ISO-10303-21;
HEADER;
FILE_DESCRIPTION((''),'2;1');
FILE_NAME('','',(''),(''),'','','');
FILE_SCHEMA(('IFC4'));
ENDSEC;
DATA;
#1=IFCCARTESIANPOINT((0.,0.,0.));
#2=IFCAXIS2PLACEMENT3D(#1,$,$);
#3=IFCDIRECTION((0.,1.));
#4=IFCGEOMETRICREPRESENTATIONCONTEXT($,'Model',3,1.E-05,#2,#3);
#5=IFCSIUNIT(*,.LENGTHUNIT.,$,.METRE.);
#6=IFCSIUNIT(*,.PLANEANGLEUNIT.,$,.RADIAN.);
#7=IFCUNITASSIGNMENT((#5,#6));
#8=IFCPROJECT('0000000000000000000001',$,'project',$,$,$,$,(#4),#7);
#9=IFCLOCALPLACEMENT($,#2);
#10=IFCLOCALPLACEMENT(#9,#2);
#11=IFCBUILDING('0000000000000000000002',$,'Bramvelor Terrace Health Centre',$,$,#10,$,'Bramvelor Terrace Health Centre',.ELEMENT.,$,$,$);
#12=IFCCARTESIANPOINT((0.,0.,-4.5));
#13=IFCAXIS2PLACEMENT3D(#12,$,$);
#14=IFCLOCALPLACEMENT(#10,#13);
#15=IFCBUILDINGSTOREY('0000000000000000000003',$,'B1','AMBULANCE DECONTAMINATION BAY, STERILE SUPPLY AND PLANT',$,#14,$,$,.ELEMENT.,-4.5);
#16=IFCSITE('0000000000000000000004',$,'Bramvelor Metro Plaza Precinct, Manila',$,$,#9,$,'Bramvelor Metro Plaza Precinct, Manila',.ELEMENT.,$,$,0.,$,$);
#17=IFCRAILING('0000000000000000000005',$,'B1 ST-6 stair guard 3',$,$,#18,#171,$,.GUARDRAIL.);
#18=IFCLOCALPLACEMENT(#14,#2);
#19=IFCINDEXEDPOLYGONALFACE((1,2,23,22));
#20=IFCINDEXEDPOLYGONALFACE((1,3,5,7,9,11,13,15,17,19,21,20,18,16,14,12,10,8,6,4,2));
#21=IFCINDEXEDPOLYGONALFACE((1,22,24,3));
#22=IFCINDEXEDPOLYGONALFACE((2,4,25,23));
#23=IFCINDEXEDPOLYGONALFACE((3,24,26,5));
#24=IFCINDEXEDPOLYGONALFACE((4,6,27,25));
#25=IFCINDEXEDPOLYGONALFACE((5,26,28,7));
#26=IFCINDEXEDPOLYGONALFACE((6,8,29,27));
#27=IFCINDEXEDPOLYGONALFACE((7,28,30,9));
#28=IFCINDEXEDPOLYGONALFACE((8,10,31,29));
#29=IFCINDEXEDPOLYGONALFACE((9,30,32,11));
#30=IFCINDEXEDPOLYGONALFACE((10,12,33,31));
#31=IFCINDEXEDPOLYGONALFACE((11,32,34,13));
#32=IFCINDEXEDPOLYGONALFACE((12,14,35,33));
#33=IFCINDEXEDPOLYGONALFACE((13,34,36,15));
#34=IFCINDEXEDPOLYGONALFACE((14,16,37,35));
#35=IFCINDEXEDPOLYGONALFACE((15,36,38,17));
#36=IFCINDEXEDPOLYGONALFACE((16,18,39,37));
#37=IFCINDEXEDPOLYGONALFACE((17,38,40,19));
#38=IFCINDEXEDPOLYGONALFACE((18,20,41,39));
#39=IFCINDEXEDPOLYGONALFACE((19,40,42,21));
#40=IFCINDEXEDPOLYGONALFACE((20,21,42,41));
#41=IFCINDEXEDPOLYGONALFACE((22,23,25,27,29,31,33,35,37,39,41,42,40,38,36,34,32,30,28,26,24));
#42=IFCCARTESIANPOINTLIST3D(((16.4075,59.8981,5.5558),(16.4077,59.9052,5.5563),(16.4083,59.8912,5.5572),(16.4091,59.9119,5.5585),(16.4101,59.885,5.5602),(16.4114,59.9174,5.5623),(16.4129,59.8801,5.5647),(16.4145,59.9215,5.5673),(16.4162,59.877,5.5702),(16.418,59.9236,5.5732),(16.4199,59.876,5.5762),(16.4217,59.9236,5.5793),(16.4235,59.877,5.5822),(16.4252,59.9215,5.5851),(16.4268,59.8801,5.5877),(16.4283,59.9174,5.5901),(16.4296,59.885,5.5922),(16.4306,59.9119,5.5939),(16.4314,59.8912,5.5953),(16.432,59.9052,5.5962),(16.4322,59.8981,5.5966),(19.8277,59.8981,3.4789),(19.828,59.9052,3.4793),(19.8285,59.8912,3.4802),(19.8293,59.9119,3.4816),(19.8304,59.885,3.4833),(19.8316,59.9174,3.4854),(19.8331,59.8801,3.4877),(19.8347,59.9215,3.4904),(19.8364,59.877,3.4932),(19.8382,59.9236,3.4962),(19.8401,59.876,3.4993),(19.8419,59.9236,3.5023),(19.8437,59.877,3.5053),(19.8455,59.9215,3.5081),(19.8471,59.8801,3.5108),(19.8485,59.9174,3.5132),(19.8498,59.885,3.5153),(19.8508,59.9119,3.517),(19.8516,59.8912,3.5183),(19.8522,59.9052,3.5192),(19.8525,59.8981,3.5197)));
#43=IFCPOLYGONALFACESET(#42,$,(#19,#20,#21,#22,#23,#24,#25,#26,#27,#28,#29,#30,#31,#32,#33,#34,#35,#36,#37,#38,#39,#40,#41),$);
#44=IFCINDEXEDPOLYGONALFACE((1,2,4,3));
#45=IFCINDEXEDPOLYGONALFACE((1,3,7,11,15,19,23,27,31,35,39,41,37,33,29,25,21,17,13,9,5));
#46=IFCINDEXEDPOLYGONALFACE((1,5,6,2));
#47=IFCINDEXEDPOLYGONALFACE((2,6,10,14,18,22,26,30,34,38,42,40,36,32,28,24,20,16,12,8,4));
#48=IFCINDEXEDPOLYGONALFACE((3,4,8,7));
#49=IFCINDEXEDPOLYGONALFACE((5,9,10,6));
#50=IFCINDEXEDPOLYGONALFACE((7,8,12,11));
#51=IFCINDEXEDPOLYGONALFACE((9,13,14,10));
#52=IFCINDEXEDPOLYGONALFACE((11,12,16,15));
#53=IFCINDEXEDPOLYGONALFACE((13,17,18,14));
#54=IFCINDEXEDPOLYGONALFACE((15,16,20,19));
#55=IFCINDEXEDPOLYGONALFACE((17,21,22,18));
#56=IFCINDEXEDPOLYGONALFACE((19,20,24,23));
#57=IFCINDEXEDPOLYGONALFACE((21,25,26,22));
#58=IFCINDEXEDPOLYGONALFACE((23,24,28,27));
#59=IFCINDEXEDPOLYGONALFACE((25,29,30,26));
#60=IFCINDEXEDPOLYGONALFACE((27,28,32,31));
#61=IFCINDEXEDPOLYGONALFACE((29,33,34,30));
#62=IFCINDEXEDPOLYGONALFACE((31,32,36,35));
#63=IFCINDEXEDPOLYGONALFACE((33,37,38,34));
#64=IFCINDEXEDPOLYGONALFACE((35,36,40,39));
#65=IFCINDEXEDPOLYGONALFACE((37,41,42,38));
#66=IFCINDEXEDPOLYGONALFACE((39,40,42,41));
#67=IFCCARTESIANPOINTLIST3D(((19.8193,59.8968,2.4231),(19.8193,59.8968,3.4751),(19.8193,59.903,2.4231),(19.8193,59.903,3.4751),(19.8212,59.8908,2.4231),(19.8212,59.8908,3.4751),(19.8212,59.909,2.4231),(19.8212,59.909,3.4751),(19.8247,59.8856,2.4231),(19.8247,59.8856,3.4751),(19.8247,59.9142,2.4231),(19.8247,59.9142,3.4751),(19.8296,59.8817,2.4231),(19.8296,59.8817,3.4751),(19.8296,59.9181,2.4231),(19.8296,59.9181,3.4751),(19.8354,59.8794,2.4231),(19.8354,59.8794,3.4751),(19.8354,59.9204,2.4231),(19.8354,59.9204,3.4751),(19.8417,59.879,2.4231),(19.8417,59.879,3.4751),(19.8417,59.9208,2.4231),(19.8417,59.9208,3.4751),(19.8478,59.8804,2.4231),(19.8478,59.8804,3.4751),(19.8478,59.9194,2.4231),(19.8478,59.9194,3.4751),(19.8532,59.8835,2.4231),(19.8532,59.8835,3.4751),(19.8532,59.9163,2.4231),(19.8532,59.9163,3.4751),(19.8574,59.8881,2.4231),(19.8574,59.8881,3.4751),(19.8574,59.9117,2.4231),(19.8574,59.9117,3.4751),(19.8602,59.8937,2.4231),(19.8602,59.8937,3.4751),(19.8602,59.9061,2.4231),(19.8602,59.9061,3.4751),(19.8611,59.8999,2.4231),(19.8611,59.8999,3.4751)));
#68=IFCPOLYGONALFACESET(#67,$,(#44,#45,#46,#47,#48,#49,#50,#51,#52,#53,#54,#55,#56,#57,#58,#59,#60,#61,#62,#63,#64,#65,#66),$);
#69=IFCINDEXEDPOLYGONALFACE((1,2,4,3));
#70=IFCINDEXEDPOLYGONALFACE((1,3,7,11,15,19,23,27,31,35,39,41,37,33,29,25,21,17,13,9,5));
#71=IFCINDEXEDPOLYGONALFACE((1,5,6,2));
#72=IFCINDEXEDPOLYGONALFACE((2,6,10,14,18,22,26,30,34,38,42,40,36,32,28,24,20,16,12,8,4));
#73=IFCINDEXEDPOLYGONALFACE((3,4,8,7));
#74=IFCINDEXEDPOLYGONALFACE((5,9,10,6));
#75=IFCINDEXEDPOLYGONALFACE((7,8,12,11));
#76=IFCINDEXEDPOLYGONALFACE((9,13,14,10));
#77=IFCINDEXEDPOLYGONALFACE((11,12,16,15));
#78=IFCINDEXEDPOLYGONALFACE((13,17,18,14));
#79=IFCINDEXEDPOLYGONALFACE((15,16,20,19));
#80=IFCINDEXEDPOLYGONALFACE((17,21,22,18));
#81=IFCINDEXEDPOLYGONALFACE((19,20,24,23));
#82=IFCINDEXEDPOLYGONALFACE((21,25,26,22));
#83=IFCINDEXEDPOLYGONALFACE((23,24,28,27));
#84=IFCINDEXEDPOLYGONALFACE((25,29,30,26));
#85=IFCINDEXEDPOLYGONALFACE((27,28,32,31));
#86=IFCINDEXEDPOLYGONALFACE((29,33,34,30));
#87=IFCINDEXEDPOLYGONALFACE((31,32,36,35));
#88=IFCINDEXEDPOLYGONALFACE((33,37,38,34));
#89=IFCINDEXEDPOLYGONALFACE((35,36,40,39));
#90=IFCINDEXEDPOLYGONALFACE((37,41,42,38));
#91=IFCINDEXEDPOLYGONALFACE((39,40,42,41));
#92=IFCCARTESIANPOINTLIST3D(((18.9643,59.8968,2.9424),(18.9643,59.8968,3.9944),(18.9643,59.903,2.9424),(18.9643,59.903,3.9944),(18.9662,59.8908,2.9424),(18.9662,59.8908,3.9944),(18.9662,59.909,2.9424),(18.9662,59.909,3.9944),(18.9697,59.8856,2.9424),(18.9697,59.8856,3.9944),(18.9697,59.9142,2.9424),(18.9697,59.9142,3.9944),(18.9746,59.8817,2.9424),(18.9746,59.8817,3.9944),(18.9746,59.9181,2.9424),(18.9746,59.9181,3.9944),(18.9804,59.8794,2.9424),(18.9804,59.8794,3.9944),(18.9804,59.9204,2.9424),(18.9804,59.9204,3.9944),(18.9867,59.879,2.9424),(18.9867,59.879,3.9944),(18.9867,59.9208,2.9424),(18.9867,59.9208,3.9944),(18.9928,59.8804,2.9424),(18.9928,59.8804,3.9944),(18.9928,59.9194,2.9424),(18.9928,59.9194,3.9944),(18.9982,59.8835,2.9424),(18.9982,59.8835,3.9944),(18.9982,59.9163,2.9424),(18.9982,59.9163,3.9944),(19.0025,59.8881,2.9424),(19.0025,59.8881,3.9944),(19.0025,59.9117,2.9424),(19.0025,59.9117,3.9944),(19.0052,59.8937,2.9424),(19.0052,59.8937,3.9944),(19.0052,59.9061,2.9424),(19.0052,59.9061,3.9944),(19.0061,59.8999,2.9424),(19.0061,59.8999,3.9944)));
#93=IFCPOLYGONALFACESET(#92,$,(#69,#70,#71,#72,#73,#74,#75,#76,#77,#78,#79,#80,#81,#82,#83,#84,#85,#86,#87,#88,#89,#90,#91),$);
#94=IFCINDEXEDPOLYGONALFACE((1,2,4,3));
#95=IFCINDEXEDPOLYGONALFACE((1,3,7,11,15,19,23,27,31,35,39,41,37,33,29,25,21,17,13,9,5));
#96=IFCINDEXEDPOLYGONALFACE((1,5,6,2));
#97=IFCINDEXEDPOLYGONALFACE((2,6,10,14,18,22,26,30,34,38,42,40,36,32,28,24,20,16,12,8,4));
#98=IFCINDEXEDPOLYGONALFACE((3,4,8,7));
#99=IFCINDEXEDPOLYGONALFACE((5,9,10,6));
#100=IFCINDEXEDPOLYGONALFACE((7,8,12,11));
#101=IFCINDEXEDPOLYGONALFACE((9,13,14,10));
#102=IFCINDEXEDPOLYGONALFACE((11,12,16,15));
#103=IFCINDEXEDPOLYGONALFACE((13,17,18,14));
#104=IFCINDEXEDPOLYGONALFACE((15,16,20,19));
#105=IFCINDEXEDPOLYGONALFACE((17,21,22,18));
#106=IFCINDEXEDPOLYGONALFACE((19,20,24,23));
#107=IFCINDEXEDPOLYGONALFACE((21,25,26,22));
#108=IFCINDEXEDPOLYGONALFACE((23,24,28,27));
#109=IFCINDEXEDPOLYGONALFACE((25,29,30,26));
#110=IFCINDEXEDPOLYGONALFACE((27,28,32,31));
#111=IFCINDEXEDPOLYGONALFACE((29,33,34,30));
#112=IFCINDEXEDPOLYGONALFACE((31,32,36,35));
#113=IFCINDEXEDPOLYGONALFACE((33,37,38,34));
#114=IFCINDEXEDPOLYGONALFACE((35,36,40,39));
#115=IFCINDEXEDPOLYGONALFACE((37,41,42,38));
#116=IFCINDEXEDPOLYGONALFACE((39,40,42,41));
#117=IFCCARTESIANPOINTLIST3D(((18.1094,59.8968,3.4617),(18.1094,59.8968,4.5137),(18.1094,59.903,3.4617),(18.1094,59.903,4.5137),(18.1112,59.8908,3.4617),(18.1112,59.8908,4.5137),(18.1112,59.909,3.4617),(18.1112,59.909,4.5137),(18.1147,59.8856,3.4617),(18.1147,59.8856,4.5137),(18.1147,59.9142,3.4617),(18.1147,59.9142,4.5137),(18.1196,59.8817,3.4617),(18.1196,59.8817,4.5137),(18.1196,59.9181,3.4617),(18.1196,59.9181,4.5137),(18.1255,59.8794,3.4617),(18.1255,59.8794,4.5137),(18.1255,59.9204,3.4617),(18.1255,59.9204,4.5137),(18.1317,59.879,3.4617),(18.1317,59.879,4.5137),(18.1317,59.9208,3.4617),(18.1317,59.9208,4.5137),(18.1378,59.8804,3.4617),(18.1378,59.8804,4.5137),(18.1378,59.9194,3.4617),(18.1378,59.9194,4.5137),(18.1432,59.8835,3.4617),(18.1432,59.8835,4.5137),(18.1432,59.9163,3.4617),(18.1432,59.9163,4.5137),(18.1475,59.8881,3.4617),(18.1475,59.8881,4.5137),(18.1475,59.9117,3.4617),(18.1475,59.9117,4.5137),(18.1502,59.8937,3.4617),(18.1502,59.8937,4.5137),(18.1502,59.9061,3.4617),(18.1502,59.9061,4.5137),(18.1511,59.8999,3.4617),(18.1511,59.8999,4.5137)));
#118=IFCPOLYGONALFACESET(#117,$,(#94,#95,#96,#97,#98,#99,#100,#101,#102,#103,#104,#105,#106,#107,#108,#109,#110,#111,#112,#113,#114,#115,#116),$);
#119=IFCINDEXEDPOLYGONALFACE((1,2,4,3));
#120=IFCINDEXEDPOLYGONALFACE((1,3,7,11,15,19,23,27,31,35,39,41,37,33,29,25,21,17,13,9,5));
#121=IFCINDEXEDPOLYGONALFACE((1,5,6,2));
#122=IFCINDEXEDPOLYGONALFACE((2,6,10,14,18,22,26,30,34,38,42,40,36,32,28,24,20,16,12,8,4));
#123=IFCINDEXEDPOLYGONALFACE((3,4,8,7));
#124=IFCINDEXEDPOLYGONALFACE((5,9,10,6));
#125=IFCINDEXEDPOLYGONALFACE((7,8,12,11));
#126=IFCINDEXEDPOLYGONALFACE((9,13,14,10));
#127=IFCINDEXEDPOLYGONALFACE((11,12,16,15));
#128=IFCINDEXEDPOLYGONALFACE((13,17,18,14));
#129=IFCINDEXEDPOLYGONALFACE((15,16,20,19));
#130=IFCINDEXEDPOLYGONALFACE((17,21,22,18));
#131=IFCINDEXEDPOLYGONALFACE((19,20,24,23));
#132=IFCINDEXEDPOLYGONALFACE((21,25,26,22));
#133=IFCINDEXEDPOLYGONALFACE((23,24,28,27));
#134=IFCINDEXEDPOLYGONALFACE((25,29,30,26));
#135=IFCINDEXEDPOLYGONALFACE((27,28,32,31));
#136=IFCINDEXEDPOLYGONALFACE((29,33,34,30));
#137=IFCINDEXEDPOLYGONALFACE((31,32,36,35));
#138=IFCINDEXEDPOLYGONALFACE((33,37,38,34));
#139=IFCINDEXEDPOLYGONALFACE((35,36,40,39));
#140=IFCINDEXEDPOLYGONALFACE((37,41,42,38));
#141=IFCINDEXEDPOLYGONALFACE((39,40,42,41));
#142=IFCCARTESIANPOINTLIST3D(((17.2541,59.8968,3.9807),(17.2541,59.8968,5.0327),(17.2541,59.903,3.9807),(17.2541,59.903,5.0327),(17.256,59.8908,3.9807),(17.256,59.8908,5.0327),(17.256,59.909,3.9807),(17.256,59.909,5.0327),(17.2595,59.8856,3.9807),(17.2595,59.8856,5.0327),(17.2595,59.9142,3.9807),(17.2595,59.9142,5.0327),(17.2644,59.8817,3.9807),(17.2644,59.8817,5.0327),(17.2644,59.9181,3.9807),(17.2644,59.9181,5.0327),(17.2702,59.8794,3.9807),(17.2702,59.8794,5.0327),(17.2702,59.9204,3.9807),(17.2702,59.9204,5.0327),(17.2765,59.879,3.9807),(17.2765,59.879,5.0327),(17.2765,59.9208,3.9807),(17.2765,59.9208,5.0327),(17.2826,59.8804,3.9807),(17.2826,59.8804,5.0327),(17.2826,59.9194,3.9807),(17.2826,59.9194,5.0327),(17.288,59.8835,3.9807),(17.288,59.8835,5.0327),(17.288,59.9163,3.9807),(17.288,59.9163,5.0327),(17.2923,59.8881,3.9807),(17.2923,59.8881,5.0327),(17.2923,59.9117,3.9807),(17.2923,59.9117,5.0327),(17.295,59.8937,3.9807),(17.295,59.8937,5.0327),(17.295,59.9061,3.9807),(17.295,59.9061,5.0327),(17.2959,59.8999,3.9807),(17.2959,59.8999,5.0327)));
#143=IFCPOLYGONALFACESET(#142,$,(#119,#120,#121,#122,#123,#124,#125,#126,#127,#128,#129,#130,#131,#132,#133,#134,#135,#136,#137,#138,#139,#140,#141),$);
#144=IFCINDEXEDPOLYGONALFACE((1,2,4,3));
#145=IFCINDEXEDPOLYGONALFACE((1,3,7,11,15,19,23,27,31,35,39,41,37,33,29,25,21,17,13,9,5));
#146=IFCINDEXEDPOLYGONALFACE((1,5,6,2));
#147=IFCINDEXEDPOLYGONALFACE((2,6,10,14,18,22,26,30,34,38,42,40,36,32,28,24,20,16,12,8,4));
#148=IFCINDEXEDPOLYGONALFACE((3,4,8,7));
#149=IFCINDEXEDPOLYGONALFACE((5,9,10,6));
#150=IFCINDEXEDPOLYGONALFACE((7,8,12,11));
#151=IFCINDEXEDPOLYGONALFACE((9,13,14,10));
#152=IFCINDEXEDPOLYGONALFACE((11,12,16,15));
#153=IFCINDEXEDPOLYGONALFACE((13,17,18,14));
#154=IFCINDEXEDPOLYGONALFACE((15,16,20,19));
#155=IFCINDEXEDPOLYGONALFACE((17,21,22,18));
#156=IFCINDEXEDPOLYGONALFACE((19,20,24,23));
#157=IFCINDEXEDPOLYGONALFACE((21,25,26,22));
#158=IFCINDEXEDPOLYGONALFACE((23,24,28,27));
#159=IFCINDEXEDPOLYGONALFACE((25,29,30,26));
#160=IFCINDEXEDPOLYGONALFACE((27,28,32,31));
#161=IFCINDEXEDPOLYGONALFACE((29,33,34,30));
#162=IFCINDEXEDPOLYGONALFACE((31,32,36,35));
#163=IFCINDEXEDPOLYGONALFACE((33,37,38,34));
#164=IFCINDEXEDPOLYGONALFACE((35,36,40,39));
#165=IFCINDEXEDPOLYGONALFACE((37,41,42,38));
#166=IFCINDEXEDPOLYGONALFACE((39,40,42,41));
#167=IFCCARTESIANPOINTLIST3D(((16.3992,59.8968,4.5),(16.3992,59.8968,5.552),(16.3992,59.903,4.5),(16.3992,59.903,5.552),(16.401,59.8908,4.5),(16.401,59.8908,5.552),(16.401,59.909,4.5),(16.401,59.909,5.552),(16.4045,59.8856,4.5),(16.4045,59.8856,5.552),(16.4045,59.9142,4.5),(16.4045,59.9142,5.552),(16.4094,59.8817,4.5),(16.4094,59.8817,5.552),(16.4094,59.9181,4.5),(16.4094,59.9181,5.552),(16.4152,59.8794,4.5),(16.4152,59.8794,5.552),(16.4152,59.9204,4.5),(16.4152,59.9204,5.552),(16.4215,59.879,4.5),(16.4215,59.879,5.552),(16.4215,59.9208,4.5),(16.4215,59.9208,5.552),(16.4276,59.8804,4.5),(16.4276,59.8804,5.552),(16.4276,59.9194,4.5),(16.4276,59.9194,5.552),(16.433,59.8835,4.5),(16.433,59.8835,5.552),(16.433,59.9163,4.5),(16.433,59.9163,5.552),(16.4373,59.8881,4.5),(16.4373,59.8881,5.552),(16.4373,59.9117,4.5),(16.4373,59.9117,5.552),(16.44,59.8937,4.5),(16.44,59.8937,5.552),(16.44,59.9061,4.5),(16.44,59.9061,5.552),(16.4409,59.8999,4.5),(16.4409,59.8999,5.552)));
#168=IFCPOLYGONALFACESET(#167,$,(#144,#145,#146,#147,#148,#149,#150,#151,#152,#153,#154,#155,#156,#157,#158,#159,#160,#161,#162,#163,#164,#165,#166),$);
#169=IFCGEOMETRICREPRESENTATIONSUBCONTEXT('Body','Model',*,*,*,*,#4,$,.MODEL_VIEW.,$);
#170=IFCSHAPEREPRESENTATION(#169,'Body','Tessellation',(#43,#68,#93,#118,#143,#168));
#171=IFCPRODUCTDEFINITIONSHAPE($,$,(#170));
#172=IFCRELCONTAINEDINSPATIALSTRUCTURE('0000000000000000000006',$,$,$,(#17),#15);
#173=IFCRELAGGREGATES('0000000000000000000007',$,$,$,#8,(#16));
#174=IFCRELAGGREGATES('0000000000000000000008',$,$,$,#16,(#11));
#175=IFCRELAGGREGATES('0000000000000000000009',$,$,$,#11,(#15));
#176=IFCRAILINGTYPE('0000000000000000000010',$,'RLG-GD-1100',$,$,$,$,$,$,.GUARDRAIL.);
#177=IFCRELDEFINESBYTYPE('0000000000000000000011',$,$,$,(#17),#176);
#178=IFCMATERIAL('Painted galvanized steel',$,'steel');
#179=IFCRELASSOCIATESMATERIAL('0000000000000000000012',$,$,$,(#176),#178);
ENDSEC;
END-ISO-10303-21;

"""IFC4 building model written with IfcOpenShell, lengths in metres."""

from ifc_helpers import new_model, si_unit, direction, frame, origin, origin_2d, place, context, subcontext, project, spatial, circle, extrude, material, type_object, element, save


model = new_model("IFC4")

# Units and contexts
model_context = context("Model", 3, precision=1e-05, world=origin(), true_north=direction((0.0, 1.0)))
body_context = subcontext(model_context, "Body", "Model", "MODEL_VIEW")
ifc_project = project(units=[si_unit("LENGTHUNIT", "METRE"), si_unit("PLANEANGLEUNIT", "RADIAN")], contexts=[model_context])

# Site, building, storey
site_placement = place(None, origin())
site = spatial("IfcSite", under=ifc_project, at=site_placement, Name="Bramvelor Metro Plaza Precinct, Manila", LongName="Bramvelor Metro Plaza Precinct, Manila", CompositionType="ELEMENT", RefElevation=0.0)
building_placement = place(site_placement, origin())
building = spatial("IfcBuilding", under=site, at=building_placement, Name="Bramvelor Terrace Health Centre", LongName="Bramvelor Terrace Health Centre", CompositionType="ELEMENT")
storey_placement = place(building_placement, frame((0.0, 0.0, -4.5)))
storey = spatial("IfcBuildingStorey", under=building, at=storey_placement, Name="B1", Description="AMBULANCE DECONTAMINATION BAY, STERILE SUPPLY AND PLANT", CompositionType="ELEMENT", Elevation=-4.5)

# Railing
ifc_material_1 = material(Name="Painted galvanized steel", Category="steel")
railing_type_1 = type_object("IfcRailingType", Name="RLG-GD-1100", PredefinedType="GUARDRAIL", material=ifc_material_1)
railing_1_placement = place(storey_placement, frame((19.8401, 59.8999, 2.4231)))
element("IfcRailing", 1, at=railing_1_placement, inside=storey, type_object=railing_type_1, Name="B1 ST-6 stair guard 3", PredefinedType="GUARDRAIL", context=body_context, shape_type="SweptSolid", body=[
    extrude(circle(Radius=0.0239, at=origin_2d()), frame((0.0, 0.0, 1.0762), z_axis=(-0.854746, 0.0, 0.519047), x_axis=(0.0, -1.0, 0.0)), (0.0, 0.0, 1.0), 4.0015),
    extrude(circle(Radius=0.021, at=origin_2d()), origin(), (0.0, 0.0, 1.0), 1.052),
    extrude(circle(Radius=0.021, at=origin_2d()), frame((-0.855, 0.0, 0.5193)), (0.0, 0.0, 1.0), 1.052),
    extrude(circle(Radius=0.021, at=origin_2d()), frame((-1.71, 0.0, 1.0386)), (0.0, 0.0, 1.0), 1.052),
    extrude(circle(Radius=0.021, at=origin_2d()), frame((-2.5652, 0.0, 1.5576)), (0.0, 0.0, 1.0), 1.052),
    extrude(circle(Radius=0.021, at=origin_2d()), frame((-3.4202, 0.0, 2.0769)), (0.0, 0.0, 1.0), 1.052),
])

save(model, "model.ifc")
